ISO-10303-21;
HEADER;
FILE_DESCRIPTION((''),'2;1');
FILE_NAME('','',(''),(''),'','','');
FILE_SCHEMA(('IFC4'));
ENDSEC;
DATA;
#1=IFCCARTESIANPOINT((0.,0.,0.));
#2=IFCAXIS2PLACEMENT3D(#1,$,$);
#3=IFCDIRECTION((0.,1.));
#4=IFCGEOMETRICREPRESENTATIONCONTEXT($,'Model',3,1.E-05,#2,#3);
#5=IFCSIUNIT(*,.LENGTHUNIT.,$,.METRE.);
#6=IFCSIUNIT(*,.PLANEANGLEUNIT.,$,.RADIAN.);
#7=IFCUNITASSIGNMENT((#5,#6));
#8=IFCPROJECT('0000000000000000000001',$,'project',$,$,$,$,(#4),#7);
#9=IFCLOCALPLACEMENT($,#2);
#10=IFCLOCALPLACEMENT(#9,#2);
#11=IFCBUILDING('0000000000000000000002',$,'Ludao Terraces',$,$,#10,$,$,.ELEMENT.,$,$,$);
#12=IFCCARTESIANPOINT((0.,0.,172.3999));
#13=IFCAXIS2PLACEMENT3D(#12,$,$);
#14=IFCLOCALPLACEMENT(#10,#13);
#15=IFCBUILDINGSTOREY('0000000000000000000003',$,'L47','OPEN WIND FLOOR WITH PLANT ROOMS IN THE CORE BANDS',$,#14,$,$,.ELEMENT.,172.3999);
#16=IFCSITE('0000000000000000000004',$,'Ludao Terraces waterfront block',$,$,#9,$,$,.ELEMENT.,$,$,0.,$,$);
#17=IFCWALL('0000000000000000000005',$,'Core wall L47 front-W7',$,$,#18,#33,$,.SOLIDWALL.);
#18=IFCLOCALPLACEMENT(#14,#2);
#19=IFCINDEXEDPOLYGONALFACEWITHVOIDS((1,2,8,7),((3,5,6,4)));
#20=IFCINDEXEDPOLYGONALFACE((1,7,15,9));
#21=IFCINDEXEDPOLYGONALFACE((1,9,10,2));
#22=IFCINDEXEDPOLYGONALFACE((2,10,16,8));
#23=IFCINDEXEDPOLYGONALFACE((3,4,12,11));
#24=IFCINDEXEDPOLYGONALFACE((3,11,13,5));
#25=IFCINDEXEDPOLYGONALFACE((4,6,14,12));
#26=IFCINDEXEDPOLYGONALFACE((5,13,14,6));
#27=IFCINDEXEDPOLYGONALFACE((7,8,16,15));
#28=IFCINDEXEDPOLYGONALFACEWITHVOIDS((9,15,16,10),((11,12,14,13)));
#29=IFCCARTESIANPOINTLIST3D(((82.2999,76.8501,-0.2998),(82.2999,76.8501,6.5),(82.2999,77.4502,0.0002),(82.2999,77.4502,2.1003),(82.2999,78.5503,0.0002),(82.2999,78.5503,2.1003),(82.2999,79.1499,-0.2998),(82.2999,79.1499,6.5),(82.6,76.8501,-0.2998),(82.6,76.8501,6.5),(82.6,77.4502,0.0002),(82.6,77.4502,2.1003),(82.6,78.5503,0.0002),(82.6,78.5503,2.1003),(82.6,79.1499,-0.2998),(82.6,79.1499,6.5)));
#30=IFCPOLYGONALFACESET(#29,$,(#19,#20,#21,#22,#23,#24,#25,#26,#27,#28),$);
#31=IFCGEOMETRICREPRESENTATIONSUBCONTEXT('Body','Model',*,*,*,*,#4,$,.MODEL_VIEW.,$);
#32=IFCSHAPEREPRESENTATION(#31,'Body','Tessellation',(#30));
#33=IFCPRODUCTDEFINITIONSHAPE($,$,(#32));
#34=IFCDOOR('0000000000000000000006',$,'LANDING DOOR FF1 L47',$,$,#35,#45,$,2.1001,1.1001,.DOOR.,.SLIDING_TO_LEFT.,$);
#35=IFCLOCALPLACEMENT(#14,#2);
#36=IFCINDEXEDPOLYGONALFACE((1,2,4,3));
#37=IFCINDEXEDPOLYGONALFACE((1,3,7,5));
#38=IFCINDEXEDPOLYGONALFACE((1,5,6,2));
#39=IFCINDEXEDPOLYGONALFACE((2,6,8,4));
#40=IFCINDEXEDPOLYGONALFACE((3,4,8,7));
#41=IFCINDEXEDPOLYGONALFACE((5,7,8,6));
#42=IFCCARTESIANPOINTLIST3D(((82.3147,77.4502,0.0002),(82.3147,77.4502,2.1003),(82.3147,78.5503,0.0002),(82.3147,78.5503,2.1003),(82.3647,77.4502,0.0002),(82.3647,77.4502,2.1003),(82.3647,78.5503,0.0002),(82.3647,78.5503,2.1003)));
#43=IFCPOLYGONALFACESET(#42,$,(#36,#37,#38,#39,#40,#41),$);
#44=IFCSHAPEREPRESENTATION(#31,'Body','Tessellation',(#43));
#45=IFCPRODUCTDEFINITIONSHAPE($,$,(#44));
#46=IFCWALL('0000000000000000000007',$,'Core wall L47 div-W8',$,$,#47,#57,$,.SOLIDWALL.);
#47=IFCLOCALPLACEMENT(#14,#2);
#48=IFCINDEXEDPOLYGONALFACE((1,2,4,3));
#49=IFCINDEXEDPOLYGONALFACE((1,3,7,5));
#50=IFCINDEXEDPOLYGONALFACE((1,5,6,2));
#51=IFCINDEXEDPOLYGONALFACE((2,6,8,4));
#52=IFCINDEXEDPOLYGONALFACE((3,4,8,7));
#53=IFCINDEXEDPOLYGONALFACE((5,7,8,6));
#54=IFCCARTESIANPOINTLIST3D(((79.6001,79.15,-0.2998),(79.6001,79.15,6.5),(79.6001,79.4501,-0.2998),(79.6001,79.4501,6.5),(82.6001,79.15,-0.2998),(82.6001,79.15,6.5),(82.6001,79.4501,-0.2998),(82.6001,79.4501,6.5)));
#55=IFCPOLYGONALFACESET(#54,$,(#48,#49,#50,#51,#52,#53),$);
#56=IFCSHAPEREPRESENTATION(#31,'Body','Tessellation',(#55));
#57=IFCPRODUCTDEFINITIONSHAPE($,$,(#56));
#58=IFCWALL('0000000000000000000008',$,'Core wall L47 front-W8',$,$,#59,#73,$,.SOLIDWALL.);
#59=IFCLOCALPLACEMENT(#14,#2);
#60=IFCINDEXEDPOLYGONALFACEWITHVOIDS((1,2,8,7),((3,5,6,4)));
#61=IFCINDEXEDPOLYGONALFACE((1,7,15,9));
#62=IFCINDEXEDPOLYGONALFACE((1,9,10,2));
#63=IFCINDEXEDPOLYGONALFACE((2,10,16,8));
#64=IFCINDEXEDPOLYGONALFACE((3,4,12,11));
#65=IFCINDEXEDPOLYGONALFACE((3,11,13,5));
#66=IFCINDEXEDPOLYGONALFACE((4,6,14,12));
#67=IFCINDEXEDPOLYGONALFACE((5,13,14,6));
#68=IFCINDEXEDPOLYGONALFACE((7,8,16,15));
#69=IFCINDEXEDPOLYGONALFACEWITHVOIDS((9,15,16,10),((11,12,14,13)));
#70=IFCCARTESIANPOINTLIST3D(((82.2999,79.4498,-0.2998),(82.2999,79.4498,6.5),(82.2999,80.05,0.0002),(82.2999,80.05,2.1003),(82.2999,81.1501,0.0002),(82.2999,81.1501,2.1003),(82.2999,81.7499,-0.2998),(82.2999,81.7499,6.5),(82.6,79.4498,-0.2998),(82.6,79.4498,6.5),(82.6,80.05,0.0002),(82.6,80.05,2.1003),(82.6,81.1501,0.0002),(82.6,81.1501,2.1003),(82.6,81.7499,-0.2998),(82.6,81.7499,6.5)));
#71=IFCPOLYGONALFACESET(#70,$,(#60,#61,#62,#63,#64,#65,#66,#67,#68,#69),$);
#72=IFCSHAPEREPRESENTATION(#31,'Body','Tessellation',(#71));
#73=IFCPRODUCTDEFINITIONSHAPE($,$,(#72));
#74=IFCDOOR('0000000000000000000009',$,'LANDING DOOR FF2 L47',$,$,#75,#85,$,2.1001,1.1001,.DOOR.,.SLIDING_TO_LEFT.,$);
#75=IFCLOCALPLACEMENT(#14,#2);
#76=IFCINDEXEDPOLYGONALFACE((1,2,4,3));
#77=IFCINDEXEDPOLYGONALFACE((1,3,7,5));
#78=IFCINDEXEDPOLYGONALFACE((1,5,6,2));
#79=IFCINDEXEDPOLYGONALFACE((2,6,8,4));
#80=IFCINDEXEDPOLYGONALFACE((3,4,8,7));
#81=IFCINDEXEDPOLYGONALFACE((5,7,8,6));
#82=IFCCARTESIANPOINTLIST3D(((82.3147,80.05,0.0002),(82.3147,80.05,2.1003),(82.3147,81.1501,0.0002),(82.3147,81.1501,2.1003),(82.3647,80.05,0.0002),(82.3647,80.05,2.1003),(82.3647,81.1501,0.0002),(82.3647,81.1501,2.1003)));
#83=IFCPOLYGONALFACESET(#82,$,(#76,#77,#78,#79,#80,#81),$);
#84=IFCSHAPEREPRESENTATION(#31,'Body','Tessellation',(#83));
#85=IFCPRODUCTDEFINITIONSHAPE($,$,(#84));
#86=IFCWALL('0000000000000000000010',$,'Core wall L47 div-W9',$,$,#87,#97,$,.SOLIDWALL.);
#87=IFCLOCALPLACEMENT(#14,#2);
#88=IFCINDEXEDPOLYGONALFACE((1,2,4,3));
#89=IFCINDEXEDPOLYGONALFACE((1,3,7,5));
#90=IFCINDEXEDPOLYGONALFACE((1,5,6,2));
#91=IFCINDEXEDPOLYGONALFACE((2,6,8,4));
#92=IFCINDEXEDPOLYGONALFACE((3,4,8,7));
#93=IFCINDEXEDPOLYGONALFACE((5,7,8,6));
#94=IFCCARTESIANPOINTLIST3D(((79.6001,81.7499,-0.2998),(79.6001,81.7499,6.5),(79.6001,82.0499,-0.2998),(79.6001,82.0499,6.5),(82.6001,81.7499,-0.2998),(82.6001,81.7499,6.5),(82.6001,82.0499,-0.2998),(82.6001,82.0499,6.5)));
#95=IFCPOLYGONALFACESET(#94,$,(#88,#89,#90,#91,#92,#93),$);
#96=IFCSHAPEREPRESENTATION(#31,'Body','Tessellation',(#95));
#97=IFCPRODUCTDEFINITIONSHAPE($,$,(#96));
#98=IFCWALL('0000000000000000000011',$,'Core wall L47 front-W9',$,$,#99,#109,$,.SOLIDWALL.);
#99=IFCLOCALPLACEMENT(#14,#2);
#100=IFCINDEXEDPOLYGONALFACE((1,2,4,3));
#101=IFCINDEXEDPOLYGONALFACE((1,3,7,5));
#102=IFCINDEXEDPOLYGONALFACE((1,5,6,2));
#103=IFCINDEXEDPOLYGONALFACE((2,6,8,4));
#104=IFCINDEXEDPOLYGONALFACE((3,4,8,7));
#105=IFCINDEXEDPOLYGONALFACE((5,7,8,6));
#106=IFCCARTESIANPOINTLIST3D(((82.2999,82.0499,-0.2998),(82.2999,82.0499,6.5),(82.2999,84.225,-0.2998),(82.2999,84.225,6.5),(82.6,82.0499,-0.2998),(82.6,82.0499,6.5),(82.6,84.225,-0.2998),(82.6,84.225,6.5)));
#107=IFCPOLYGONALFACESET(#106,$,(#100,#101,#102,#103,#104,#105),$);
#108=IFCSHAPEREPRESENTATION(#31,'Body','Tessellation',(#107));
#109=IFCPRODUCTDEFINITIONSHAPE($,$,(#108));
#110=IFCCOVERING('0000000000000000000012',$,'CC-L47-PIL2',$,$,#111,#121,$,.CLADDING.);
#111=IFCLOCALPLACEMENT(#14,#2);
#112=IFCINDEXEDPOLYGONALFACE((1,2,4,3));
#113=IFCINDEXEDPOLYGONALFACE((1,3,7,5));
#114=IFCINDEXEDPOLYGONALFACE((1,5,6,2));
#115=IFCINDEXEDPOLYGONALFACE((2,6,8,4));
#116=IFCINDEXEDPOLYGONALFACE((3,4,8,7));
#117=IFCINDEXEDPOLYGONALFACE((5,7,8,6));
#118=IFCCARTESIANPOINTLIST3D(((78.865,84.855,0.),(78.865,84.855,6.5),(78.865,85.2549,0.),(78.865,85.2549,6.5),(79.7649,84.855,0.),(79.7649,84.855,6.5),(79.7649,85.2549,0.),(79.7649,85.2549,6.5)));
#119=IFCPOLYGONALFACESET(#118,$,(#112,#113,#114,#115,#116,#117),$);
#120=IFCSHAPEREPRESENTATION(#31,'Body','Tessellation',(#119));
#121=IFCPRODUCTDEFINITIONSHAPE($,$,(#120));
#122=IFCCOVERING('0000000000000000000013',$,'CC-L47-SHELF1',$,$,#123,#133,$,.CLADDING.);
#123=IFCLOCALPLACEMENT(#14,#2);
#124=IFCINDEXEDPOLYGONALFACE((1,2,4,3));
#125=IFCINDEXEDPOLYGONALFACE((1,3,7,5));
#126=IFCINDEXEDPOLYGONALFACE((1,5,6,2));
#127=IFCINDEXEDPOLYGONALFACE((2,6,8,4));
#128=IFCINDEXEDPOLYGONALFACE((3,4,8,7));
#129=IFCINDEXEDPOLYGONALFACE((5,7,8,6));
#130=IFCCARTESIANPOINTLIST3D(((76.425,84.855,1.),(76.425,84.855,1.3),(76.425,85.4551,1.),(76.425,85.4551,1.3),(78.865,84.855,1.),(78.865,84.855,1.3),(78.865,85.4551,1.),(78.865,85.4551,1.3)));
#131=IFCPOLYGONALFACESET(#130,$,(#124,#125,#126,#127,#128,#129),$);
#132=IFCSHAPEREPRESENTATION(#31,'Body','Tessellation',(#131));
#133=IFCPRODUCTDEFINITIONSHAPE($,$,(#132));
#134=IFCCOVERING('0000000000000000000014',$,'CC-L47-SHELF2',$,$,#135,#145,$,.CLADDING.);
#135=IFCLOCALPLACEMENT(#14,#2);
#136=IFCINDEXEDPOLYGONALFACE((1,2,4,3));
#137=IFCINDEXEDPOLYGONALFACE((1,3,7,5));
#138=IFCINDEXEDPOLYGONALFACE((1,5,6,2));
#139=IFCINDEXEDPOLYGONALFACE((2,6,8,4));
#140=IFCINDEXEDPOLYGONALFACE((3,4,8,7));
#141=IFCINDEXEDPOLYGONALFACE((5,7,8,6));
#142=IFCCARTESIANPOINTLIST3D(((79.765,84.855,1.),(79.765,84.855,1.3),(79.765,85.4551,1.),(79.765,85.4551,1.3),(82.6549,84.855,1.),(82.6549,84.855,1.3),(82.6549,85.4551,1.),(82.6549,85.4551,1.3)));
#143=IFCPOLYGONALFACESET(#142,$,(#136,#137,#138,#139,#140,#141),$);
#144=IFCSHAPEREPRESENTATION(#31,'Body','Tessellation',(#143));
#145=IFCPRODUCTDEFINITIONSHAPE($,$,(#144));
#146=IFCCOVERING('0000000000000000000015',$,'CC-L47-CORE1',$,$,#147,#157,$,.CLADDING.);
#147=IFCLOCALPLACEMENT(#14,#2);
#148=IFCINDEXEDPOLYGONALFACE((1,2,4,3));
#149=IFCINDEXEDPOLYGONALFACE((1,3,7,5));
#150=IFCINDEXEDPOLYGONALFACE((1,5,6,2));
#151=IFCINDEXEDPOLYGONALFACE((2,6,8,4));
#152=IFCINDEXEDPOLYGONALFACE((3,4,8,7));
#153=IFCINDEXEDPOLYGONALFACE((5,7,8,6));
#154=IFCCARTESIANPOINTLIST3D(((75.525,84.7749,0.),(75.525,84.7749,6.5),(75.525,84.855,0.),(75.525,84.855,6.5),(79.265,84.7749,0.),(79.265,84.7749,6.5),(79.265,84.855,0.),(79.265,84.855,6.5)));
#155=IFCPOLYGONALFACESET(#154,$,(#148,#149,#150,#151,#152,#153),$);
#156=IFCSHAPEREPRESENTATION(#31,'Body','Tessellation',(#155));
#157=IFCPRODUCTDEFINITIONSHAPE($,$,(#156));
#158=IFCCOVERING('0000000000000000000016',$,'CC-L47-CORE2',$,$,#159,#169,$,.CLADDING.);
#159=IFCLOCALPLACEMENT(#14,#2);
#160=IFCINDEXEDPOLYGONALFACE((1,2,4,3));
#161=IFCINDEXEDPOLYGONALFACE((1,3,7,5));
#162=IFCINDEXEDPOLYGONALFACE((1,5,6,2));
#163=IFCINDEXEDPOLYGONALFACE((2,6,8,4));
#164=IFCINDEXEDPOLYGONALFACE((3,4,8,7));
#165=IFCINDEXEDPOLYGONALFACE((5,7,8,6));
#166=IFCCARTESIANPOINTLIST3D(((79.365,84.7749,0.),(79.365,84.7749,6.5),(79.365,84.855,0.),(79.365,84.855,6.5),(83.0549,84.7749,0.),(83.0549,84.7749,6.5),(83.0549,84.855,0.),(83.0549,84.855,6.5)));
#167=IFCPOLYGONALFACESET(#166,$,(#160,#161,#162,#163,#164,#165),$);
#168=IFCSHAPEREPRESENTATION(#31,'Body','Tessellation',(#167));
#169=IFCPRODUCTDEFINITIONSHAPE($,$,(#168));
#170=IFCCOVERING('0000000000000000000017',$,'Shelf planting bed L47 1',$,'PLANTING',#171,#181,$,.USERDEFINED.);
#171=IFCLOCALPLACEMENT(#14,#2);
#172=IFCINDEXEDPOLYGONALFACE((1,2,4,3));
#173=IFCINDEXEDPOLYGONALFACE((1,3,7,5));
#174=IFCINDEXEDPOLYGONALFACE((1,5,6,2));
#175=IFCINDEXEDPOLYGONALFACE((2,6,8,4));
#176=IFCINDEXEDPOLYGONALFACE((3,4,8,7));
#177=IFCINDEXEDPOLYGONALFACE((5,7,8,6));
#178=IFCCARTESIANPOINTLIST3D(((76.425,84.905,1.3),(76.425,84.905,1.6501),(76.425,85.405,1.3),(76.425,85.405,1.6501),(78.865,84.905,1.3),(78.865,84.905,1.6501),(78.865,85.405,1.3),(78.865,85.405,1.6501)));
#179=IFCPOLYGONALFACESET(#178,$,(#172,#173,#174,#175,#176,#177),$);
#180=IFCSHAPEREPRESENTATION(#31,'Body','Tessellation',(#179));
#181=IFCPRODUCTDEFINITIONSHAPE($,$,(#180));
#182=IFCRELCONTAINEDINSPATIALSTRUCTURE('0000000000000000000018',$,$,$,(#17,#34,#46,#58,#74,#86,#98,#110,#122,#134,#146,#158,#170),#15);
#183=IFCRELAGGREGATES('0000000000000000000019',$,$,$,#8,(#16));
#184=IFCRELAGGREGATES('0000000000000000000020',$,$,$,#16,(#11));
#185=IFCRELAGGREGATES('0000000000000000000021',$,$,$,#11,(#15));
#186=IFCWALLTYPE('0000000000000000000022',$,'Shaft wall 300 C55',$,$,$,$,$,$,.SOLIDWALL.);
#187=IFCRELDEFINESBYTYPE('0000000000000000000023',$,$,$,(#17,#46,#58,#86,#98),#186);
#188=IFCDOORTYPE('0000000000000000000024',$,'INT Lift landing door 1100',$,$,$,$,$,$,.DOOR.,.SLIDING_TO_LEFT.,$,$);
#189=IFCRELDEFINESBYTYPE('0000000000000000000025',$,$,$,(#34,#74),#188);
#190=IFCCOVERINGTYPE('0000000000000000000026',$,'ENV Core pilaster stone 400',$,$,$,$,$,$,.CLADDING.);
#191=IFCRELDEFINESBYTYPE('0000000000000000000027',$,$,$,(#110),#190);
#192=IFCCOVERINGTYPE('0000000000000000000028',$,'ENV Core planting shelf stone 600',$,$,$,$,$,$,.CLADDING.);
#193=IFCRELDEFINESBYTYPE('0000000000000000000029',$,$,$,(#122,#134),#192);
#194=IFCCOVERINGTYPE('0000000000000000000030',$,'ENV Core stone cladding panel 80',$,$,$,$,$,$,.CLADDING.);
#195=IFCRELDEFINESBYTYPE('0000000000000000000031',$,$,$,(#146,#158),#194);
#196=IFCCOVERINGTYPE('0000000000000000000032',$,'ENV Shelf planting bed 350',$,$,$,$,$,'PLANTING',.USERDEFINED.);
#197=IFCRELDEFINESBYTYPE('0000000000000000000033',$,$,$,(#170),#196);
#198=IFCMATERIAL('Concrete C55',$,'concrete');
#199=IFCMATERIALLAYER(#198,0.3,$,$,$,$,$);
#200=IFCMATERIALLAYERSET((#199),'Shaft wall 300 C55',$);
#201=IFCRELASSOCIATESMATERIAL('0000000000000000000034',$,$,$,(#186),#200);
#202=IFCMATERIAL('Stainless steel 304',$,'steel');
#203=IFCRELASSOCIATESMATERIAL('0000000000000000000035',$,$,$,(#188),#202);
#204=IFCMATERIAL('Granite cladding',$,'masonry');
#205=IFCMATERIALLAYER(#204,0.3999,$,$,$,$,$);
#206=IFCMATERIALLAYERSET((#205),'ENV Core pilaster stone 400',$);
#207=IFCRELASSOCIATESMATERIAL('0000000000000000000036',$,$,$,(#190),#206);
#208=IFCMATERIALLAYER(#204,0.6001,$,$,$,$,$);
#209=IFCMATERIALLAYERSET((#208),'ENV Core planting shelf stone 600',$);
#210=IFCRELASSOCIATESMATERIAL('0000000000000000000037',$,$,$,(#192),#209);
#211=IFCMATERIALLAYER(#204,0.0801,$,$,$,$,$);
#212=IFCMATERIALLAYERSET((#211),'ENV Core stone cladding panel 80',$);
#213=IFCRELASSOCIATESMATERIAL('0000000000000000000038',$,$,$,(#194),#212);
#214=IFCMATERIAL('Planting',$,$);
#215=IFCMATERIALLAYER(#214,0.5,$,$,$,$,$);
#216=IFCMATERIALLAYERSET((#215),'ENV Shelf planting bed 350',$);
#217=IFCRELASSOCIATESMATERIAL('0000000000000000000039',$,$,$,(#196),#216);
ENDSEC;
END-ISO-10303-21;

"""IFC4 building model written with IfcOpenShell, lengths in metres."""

from ifc_helpers import new_model, si_unit, direction, frame, frame_2d, origin, origin_2d, place, context, subcontext, project, spatial, rectangle, extrude, material, layer, layer_set, type_object, element, fill, save


model = new_model("IFC4")

# Units and contexts
model_context = context("Model", 3, precision=1e-05, world=origin(), true_north=direction((0.0, 1.0)))
body_context = subcontext(model_context, "Body", "Model", "MODEL_VIEW")
ifc_project = project(units=[si_unit("LENGTHUNIT", "METRE"), si_unit("PLANEANGLEUNIT", "RADIAN")], contexts=[model_context])

# Site, building, storey
site_placement = place(None, origin())
site = spatial("IfcSite", under=ifc_project, at=site_placement, Name="Ludao Terraces waterfront block", CompositionType="ELEMENT", RefElevation=0.0)
building_placement = place(site_placement, origin())
building = spatial("IfcBuilding", under=site, at=building_placement, Name="Ludao Terraces", CompositionType="ELEMENT")
storey_placement = place(building_placement, frame((0.0, 0.0, 172.3999)))
storey = spatial("IfcBuildingStorey", under=building, at=storey_placement, Name="L47", Description="OPEN WIND FLOOR WITH PLANT ROOMS IN THE CORE BANDS", CompositionType="ELEMENT", Elevation=172.3999)

# Shared definitions
ifc_material_1 = material(Name="Concrete C55", Category="concrete")
ifc_layer_1 = layer(ifc_material_1, 0.3)
ifc_layer_set_1 = layer_set([ifc_layer_1], Name="Shaft wall 300 C55")
wall_type_1 = type_object("IfcWallType", Name="Shaft wall 300 C55", PredefinedType="SOLIDWALL", material=ifc_layer_set_1)

# Wall, opening, door
wall_1_placement = place(storey_placement, frame((82.45, 76.8501, -0.2998), z_axis=(0.0, 0.0, 1.0), x_axis=(0.0, 1.0, 0.0)))
wall_1 = element("IfcWall", 1, at=wall_1_placement, inside=storey, type_object=wall_type_1, Name="Core wall L47 front-W7", PredefinedType="SOLIDWALL", context=body_context, shape_type="SweptSolid", body=[
    extrude(rectangle(XDim=2.2998, YDim=0.3, at=frame_2d((1.1499, 0.0))), origin(), (0.0, 0.0, 1.0), 6.7998),
])
opening_1_placement = place(wall_1_placement, frame((0.6001, 0.0, 0.3)))
opening_1 = element("IfcOpeningElement", 2, at=opening_1_placement, cuts=wall_1, PredefinedType="OPENING", context=body_context, shape_type="SweptSolid", body=[
    extrude(rectangle(XDim=1.1001, YDim=2.1001, at=frame_2d((0.55, 1.05))), frame((0.0, 0.1602, 0.0), z_axis=(0.0, -1.0, 0.0), x_axis=(1.0, 0.0, 0.0)), (0.0, 0.0, 1.0), 0.3201),
])
ifc_material_2 = material(Name="Stainless steel 304", Category="steel")
door_type_1 = type_object("IfcDoorType", Name="INT Lift landing door 1100", OperationType="SLIDING_TO_LEFT", PredefinedType="DOOR", material=ifc_material_2)
door_1_placement = place(opening_1_placement, origin())
door_1 = element("IfcDoor", 3, at=door_1_placement, inside=storey, type_object=door_type_1, Name="LANDING DOOR FF1 L47", OperationType="SLIDING_TO_LEFT", OverallHeight=2.1001, OverallWidth=1.1001, PredefinedType="DOOR", context=body_context, shape_type="SweptSolid", body=[
    extrude(rectangle(XDim=1.1001, YDim=2.1001, at=frame_2d((0.55, 1.05))), frame((0.0, 0.1353, 0.0), z_axis=(0.0, -1.0, 0.0), x_axis=(1.0, 0.0, 0.0)), (0.0, 0.0, 1.0), 0.05),
])
fill(opening_1, door_1)

# Wall
wall_2_placement = place(storey_placement, frame((79.6001, 79.3, -0.2998), z_axis=(0.0, 0.0, 1.0), x_axis=(1.0, 0.0, 0.0)))
element("IfcWall", 4, at=wall_2_placement, inside=storey, type_object=wall_type_1, Name="Core wall L47 div-W8", PredefinedType="SOLIDWALL", context=body_context, shape_type="SweptSolid", body=[
    extrude(rectangle(XDim=3.0, YDim=0.3, at=frame_2d((1.5, 0.0))), origin(), (0.0, 0.0, 1.0), 6.7998),
])

# Wall, opening, door
wall_3_placement = place(storey_placement, frame((82.45, 79.45, -0.2998), z_axis=(0.0, 0.0, 1.0), x_axis=(0.0, 1.0, 0.0)))
wall_3 = element("IfcWall", 5, at=wall_3_placement, inside=storey, type_object=wall_type_1, Name="Core wall L47 front-W8", PredefinedType="SOLIDWALL", context=body_context, shape_type="SweptSolid", body=[
    extrude(rectangle(XDim=2.3, YDim=0.3, at=frame_2d((1.1499, 0.0))), origin(), (0.0, 0.0, 1.0), 6.7998),
])
opening_2_placement = place(wall_3_placement, frame((0.6001, 0.0, 0.3)))
opening_2 = element("IfcOpeningElement", 6, at=opening_2_placement, cuts=wall_3, PredefinedType="OPENING", context=body_context, shape_type="SweptSolid", body=[
    extrude(rectangle(XDim=1.1001, YDim=2.1001, at=frame_2d((0.55, 1.05))), frame((0.0, 0.1602, 0.0), z_axis=(0.0, -1.0, 0.0), x_axis=(1.0, 0.0, 0.0)), (0.0, 0.0, 1.0), 0.3201),
])
door_2_placement = place(opening_2_placement, origin())
door_2 = element("IfcDoor", 7, at=door_2_placement, inside=storey, type_object=door_type_1, Name="LANDING DOOR FF2 L47", OperationType="SLIDING_TO_LEFT", OverallHeight=2.1001, OverallWidth=1.1001, PredefinedType="DOOR", context=body_context, shape_type="SweptSolid", body=[
    extrude(rectangle(XDim=1.1001, YDim=2.1001, at=frame_2d((0.55, 1.05))), frame((0.0, 0.1353, 0.0), z_axis=(0.0, -1.0, 0.0), x_axis=(1.0, 0.0, 0.0)), (0.0, 0.0, 1.0), 0.05),
])
fill(opening_2, door_2)

# Walls
wall_4_placement = place(storey_placement, frame((79.6001, 81.8999, -0.2998), z_axis=(0.0, 0.0, 1.0), x_axis=(1.0, 0.0, 0.0)))
element("IfcWall", 8, at=wall_4_placement, inside=storey, type_object=wall_type_1, Name="Core wall L47 div-W9", PredefinedType="SOLIDWALL", context=body_context, shape_type="SweptSolid", body=[
    extrude(rectangle(XDim=3.0, YDim=0.3, at=frame_2d((1.5, 0.0))), origin(), (0.0, 0.0, 1.0), 6.7998),
])
wall_5_placement = place(storey_placement, frame((82.45, 82.05, -0.2998), z_axis=(0.0, 0.0, 1.0), x_axis=(0.0, 1.0, 0.0)))
element("IfcWall", 9, at=wall_5_placement, inside=storey, type_object=wall_type_1, Name="Core wall L47 front-W9", PredefinedType="SOLIDWALL", context=body_context, shape_type="SweptSolid", body=[
    extrude(rectangle(XDim=2.175, YDim=0.3, at=frame_2d((1.0874, 0.0))), origin(), (0.0, 0.0, 1.0), 6.7998),
])

# Coverings
ifc_material_3 = material(Name="Granite cladding", Category="masonry")
ifc_layer_2 = layer(ifc_material_3, 0.3999)
ifc_layer_set_2 = layer_set([ifc_layer_2], Name="ENV Core pilaster stone 400")
covering_type_1 = type_object("IfcCoveringType", Name="ENV Core pilaster stone 400", PredefinedType="CLADDING", material=ifc_layer_set_2)
covering_1_placement = place(storey_placement, frame((79.3149, 85.0549, 0.0), z_axis=(0.0, 0.0, 1.0), x_axis=(1.0, 0.0, 0.0)))
element("IfcCovering", 10, at=covering_1_placement, inside=storey, type_object=covering_type_1, Name="CC-L47-PIL2", PredefinedType="CLADDING", context=body_context, shape_type="SweptSolid", body=[
    extrude(rectangle(XDim=0.8999, YDim=0.3999, at=origin_2d()), origin(), (0.0, 0.0, 1.0), 6.5),
])
ifc_layer_3 = layer(ifc_material_3, 0.6001)
ifc_layer_set_3 = layer_set([ifc_layer_3], Name="ENV Core planting shelf stone 600")
covering_type_2 = type_object("IfcCoveringType", Name="ENV Core planting shelf stone 600", PredefinedType="CLADDING", material=ifc_layer_set_3)
covering_2_placement = place(storey_placement, frame((77.645, 85.155, 1.0), z_axis=(0.0, 0.0, 1.0), x_axis=(1.0, 0.0, 0.0)))
element("IfcCovering", 11, at=covering_2_placement, inside=storey, type_object=covering_type_2, Name="CC-L47-SHELF1", PredefinedType="CLADDING", context=body_context, shape_type="SweptSolid", body=[
    extrude(rectangle(XDim=2.4399, YDim=0.6001, at=origin_2d()), origin(), (0.0, 0.0, 1.0), 0.3),
])
covering_3_placement = place(storey_placement, frame((81.21, 85.155, 1.0), z_axis=(0.0, 0.0, 1.0), x_axis=(1.0, 0.0, 0.0)))
element("IfcCovering", 12, at=covering_3_placement, inside=storey, type_object=covering_type_2, Name="CC-L47-SHELF2", PredefinedType="CLADDING", context=body_context, shape_type="SweptSolid", body=[
    extrude(rectangle(XDim=2.8899, YDim=0.6001, at=origin_2d()), origin(), (0.0, 0.0, 1.0), 0.3),
])
ifc_layer_4 = layer(ifc_material_3, 0.0801)
ifc_layer_set_4 = layer_set([ifc_layer_4], Name="ENV Core stone cladding panel 80")
covering_type_3 = type_object("IfcCoveringType", Name="ENV Core stone cladding panel 80", PredefinedType="CLADDING", material=ifc_layer_set_4)
covering_4_placement = place(storey_placement, frame((77.395, 84.8149, 0.0), z_axis=(0.0, 0.0, 1.0), x_axis=(1.0, 0.0, 0.0)))
element("IfcCovering", 13, at=covering_4_placement, inside=storey, type_object=covering_type_3, Name="CC-L47-CORE1", PredefinedType="CLADDING", context=body_context, shape_type="SweptSolid", body=[
    extrude(rectangle(XDim=3.74, YDim=0.0801, at=origin_2d()), origin(), (0.0, 0.0, 1.0), 6.5),
])
covering_5_placement = place(storey_placement, frame((81.21, 84.8149, 0.0), z_axis=(0.0, 0.0, 1.0), x_axis=(1.0, 0.0, 0.0)))
element("IfcCovering", 14, at=covering_5_placement, inside=storey, type_object=covering_type_3, Name="CC-L47-CORE2", PredefinedType="CLADDING", context=body_context, shape_type="SweptSolid", body=[
    extrude(rectangle(XDim=3.6899, YDim=0.0801, at=origin_2d()), origin(), (0.0, 0.0, 1.0), 6.5),
])
ifc_material_4 = material(Name="Planting")
ifc_layer_5 = layer(ifc_material_4, 0.5)
ifc_layer_set_5 = layer_set([ifc_layer_5], Name="ENV Shelf planting bed 350")
covering_type_4 = type_object("IfcCoveringType", Name="ENV Shelf planting bed 350", ElementType="PLANTING", PredefinedType="USERDEFINED", material=ifc_layer_set_5)
covering_6_placement = place(storey_placement, frame((77.645, 85.155, 1.3), z_axis=(0.0, 0.0, 1.0), x_axis=(1.0, 0.0, 0.0)))
element("IfcCovering", 15, at=covering_6_placement, inside=storey, type_object=covering_type_4, Name="Shelf planting bed L47 1", ObjectType="PLANTING", PredefinedType="USERDEFINED", context=body_context, shape_type="SweptSolid", body=[
    extrude(rectangle(XDim=2.4399, YDim=0.5, at=origin_2d()), origin(), (0.0, 0.0, 1.0), 0.3501),
])

save(model, "model.ifc")
